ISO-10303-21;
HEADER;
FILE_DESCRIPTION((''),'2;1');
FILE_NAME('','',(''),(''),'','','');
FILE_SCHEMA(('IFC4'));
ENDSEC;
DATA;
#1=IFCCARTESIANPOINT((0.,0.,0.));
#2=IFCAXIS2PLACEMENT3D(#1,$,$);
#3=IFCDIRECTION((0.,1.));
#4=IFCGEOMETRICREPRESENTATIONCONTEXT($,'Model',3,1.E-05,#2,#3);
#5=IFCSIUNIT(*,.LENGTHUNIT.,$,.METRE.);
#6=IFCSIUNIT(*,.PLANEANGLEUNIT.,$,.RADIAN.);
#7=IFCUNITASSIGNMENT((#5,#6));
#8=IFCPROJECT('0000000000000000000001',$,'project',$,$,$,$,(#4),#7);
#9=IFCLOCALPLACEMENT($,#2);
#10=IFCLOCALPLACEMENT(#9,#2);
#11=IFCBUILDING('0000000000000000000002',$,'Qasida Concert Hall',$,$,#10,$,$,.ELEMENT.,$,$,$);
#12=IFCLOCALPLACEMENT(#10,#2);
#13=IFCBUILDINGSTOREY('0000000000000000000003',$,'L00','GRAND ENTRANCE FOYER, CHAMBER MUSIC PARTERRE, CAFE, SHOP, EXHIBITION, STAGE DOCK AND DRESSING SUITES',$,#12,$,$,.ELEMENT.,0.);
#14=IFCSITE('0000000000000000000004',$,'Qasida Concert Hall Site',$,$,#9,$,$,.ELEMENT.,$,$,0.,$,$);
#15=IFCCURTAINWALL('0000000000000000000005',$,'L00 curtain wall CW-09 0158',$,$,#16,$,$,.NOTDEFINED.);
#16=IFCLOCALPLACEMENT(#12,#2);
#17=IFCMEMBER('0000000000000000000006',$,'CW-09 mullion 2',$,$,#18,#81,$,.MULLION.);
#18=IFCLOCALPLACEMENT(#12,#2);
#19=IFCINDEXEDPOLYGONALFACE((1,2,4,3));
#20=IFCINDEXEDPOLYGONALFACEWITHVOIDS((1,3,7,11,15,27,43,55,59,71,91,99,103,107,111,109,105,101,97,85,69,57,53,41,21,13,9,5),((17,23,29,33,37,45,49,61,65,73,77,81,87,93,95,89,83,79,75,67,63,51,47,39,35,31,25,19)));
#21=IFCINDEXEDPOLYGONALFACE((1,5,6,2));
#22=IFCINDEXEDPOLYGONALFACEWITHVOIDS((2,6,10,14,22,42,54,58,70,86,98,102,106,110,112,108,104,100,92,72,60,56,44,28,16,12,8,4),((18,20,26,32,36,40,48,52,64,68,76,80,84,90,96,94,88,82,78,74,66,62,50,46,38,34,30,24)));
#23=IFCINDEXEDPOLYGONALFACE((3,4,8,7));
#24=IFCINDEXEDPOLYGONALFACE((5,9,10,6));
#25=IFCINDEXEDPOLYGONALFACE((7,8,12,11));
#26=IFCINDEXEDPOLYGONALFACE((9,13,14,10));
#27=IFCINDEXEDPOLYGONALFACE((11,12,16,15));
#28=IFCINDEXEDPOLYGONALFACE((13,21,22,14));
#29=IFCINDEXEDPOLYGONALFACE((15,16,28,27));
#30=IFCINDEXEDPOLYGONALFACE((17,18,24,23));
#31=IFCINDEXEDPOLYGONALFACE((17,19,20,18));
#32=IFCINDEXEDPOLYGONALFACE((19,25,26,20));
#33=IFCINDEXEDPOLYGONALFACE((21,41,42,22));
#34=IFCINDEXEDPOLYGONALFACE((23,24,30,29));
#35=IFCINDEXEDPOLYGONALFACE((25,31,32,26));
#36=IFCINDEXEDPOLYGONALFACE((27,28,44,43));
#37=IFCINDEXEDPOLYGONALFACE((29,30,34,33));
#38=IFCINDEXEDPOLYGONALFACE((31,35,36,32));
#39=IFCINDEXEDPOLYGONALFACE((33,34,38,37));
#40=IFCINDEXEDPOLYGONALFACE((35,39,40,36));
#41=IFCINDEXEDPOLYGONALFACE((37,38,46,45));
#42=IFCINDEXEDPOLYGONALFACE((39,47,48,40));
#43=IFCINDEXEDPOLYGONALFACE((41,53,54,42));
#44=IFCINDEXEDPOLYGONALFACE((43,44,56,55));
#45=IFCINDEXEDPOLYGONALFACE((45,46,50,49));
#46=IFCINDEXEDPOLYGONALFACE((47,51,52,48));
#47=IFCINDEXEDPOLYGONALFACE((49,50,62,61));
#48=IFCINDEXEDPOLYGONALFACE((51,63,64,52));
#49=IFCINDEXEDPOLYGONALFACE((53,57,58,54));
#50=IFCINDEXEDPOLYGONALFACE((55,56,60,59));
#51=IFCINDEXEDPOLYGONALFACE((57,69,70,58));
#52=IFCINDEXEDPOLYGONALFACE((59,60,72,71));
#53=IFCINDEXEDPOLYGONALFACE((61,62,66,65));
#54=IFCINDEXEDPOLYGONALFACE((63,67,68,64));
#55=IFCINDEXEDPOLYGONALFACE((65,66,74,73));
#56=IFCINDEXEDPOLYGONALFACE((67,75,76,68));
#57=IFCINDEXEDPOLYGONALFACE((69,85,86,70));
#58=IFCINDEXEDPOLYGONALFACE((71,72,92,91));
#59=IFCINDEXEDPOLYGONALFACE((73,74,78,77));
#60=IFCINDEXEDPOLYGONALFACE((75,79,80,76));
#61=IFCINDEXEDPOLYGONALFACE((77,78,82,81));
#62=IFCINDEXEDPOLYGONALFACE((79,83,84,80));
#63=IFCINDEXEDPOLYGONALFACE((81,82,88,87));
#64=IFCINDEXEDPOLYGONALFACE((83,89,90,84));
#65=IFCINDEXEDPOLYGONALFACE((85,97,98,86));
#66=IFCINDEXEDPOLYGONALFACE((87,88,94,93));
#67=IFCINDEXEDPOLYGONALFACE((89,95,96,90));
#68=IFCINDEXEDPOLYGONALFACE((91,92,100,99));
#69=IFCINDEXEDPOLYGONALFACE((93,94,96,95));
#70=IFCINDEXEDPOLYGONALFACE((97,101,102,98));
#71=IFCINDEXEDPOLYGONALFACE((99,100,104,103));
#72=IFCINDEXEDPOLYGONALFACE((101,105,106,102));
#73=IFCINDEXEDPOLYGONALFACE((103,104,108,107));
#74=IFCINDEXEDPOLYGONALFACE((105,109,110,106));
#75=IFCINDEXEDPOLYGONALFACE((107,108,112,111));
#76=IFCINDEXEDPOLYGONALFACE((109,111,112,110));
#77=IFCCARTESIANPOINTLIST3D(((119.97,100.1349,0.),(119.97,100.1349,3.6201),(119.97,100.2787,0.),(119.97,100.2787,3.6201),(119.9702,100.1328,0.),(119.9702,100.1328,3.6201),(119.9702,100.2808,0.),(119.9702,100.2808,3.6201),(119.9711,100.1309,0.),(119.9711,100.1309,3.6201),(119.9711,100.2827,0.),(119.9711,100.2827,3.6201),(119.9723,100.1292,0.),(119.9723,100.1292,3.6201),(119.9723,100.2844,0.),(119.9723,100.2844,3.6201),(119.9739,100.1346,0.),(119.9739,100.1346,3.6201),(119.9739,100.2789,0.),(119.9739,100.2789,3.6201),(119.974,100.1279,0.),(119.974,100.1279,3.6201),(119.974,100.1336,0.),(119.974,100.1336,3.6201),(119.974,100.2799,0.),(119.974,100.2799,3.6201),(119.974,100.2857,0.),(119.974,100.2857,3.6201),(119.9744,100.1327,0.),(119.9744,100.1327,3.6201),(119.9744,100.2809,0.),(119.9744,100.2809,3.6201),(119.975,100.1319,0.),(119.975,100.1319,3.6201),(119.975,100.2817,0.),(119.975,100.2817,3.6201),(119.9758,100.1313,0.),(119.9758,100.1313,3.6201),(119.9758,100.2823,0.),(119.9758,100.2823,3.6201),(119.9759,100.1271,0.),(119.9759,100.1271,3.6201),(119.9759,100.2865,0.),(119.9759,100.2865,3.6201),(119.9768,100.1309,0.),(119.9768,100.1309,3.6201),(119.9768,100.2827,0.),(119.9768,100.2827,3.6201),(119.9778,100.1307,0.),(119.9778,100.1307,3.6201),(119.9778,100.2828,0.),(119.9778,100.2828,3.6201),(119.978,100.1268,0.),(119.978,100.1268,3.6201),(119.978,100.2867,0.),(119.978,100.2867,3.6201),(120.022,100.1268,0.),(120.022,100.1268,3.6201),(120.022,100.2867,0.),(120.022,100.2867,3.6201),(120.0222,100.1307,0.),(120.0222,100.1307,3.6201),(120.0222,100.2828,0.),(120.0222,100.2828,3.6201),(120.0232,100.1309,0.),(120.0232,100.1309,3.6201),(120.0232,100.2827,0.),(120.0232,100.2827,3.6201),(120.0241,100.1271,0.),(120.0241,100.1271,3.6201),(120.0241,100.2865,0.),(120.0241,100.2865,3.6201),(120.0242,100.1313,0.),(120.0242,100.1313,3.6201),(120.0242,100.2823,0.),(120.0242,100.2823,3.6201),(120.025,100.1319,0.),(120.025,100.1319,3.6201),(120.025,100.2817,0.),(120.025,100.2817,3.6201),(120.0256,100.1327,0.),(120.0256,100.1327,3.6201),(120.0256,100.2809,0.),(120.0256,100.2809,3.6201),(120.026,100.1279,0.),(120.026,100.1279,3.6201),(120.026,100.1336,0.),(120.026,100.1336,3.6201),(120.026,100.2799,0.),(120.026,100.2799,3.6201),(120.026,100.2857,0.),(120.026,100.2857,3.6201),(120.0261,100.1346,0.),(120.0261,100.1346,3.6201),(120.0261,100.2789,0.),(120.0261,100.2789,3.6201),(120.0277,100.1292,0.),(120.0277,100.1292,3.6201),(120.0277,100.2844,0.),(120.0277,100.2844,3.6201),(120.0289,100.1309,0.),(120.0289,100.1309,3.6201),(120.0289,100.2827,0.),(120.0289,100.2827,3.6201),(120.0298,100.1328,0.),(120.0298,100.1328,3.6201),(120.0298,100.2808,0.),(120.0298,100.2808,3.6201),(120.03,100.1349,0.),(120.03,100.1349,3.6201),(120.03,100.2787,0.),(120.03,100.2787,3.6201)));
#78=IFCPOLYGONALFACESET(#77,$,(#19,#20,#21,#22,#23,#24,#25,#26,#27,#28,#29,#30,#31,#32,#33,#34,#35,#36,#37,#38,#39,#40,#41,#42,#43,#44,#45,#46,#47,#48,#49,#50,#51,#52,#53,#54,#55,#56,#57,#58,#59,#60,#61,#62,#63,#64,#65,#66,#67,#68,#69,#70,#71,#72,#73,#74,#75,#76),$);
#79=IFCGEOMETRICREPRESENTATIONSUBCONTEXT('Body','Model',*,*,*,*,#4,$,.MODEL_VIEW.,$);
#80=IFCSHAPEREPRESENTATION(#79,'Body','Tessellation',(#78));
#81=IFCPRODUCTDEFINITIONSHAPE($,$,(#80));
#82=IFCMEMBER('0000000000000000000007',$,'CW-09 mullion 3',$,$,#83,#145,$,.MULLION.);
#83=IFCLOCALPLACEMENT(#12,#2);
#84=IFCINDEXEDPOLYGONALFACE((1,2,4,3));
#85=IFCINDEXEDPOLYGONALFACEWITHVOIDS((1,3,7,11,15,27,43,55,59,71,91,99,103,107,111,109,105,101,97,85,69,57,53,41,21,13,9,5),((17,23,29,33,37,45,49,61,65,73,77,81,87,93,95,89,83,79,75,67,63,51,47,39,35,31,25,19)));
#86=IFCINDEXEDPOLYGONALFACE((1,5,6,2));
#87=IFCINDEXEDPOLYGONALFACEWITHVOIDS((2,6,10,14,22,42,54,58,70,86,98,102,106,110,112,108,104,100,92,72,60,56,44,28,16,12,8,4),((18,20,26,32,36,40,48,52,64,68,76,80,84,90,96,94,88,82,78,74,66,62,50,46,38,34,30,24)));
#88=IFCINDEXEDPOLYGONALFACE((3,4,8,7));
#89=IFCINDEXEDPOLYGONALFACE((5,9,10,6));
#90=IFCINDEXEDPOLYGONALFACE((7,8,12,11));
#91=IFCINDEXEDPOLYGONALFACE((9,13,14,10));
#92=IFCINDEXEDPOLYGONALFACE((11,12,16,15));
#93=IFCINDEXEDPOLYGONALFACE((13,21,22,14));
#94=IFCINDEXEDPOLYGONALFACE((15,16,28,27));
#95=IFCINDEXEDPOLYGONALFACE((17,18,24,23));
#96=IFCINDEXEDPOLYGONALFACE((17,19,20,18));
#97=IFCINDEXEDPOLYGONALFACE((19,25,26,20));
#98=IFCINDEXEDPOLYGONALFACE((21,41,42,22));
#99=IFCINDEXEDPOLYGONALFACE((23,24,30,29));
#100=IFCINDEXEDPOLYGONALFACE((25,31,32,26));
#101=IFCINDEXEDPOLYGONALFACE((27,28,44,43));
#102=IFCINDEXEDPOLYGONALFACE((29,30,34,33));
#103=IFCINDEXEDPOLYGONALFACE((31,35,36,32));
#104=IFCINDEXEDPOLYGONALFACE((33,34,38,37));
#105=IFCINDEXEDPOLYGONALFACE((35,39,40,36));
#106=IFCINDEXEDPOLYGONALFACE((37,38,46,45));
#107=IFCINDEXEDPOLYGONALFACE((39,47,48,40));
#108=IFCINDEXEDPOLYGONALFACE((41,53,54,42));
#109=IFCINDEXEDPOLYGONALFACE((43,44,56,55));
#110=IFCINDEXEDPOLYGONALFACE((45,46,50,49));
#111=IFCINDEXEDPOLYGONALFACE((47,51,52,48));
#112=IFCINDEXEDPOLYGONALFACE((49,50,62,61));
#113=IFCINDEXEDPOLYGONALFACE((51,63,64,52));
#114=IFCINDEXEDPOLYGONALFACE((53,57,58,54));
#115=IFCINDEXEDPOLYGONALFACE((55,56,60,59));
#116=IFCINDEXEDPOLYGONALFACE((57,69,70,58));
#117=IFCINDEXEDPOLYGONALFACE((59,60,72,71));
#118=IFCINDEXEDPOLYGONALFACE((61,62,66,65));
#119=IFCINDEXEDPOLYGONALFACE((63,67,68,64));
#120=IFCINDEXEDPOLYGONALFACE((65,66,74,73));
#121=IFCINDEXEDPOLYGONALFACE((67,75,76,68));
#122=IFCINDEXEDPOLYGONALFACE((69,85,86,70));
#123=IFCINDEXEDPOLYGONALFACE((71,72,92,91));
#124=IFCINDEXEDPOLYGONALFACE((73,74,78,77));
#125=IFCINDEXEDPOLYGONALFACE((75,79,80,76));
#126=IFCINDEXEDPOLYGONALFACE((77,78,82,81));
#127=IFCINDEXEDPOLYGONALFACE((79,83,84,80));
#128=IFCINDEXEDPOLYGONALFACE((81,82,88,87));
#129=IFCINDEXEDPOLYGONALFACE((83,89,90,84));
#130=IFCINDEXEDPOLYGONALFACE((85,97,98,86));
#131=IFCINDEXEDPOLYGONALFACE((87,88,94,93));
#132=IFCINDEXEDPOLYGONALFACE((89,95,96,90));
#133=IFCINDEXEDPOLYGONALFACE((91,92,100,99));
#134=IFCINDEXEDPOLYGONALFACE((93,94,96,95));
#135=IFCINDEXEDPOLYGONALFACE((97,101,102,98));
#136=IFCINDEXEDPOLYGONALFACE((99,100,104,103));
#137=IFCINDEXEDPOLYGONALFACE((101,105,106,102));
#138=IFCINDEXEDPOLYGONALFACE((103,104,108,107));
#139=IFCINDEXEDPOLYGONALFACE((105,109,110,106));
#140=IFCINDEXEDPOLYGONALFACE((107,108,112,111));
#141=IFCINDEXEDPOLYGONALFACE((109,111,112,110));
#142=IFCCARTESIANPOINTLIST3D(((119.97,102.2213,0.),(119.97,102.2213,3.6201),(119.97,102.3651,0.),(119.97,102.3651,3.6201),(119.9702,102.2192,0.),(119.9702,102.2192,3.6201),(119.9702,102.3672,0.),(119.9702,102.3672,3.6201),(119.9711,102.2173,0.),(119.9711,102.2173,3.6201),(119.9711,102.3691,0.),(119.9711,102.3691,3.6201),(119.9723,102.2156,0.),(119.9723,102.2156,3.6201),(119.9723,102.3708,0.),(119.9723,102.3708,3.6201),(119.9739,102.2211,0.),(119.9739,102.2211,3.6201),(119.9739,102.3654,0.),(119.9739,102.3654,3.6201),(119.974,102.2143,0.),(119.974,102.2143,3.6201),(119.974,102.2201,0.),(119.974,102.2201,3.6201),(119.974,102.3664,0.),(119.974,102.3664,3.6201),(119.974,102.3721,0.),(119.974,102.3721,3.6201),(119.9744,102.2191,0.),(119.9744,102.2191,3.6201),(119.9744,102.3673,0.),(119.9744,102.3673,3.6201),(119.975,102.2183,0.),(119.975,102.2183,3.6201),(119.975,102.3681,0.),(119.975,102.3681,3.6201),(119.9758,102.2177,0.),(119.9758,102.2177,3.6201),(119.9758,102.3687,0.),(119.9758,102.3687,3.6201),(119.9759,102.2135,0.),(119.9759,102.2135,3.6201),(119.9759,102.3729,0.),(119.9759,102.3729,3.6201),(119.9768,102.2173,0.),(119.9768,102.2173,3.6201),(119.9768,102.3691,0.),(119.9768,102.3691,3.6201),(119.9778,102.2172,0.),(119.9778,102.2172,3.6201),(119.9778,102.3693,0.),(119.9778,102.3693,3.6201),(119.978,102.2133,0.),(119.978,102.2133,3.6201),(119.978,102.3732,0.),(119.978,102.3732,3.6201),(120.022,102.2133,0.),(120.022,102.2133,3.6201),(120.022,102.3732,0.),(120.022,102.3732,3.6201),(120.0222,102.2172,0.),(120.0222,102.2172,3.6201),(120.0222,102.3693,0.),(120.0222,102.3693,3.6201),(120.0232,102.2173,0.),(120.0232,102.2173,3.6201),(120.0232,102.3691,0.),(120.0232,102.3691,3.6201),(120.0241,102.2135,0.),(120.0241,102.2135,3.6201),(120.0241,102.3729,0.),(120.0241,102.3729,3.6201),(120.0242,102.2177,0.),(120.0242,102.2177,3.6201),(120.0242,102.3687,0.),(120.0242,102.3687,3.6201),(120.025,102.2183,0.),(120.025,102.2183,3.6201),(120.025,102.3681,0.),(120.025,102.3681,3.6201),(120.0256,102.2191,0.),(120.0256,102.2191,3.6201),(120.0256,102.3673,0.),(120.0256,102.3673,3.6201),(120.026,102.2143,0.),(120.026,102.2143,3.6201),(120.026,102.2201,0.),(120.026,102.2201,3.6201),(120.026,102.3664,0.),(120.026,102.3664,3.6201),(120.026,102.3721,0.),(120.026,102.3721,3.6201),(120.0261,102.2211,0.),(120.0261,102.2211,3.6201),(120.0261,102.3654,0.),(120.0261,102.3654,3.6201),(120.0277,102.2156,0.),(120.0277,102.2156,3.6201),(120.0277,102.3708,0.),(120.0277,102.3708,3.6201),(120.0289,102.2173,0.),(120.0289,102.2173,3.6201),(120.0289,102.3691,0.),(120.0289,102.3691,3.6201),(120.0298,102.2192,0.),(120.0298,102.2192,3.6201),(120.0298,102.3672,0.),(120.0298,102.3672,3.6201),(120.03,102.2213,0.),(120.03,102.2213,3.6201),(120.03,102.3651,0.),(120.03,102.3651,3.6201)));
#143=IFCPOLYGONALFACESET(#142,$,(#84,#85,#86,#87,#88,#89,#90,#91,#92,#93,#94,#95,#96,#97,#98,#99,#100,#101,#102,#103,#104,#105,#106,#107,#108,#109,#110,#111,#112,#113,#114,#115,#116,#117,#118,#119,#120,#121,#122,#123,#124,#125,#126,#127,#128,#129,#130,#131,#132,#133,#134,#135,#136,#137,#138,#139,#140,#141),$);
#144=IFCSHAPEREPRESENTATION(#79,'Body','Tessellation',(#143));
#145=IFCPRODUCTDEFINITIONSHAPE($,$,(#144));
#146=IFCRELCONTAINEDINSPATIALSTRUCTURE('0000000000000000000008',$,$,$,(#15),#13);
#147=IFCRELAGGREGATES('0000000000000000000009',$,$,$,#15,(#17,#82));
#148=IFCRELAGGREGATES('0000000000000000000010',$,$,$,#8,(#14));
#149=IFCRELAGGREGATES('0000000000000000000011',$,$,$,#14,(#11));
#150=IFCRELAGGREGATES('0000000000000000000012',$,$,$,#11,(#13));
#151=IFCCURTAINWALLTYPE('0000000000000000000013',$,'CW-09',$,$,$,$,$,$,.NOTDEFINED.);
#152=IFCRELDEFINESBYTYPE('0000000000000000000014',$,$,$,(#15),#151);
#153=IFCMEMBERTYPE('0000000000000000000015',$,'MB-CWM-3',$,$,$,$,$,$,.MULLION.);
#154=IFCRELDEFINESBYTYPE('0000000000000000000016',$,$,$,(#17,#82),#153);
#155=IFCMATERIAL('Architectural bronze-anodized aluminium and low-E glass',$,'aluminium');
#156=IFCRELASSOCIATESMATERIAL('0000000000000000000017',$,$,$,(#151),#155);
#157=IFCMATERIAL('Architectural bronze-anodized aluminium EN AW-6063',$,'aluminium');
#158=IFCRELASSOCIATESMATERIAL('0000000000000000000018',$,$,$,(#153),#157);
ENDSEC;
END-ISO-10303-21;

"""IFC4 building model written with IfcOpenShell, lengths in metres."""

from ifc_helpers import new_model, si_unit, direction, frame, origin, origin_2d, place, context, subcontext, project, spatial, hollow_rectangle, extrude, material, material_profile, profile_set, type_object, element, aggregate, save


model = new_model("IFC4")

# Units and contexts
model_context = context("Model", 3, precision=1e-05, world=origin(), true_north=direction((0.0, 1.0)))
body_context = subcontext(model_context, "Body", "Model", "MODEL_VIEW")
ifc_project = project(units=[si_unit("LENGTHUNIT", "METRE"), si_unit("PLANEANGLEUNIT", "RADIAN")], contexts=[model_context])

# Site, building, storey
site_placement = place(None, origin())
site = spatial("IfcSite", under=ifc_project, at=site_placement, Name="Qasida Concert Hall Site", CompositionType="ELEMENT", RefElevation=0.0)
building_placement = place(site_placement, origin())
building = spatial("IfcBuilding", under=site, at=building_placement, Name="Qasida Concert Hall", CompositionType="ELEMENT")
storey_placement = place(building_placement, origin())
storey = spatial("IfcBuildingStorey", under=building, at=storey_placement, Name="L00", Description="GRAND ENTRANCE FOYER, CHAMBER MUSIC PARTERRE, CAFE, SHOP, EXHIBITION, STAGE DOCK AND DRESSING SUITES", CompositionType="ELEMENT", Elevation=0.0)

# Curtain wall, members
ifc_material_1 = material(Name="Architectural bronze-anodized aluminium and low-E glass", Category="aluminium")
curtain_wall_type = type_object("IfcCurtainWallType", Name="CW-09", PredefinedType="NOTDEFINED", material=ifc_material_1)
curtain_wall_placement = place(storey_placement, origin())
curtain_wall = element("IfcCurtainWall", 1, at=curtain_wall_placement, inside=storey, type_object=curtain_wall_type, Name="L00 curtain wall CW-09 0158", PredefinedType="NOTDEFINED")
ifc_material_2 = material(Name="Architectural bronze-anodized aluminium EN AW-6063", Category="aluminium")
ifc_material_profile_1 = material_profile(ifc_material_2, hollow_rectangle(XDim=0.0601, YDim=0.1599, WallThickness=0.0039, InnerFilletRadius=0.0039, OuterFilletRadius=0.0081, at=origin_2d()), Name="CWM 160x60x4")
ifc_profile_set_1 = profile_set([ifc_material_profile_1], Name="Architectural bronze-anodized aluminium EN AW-6063")
member_type_1 = type_object("IfcMemberType", Name="MB-CWM-3", PredefinedType="MULLION", material=ifc_profile_set_1)
member_1_placement = place(storey_placement, frame((120.0, 100.2068, 0.0), z_axis=(0.0, 0.0, 1.0), x_axis=(-1.0, 0.0, 0.0)))
member_1 = element("IfcMember", 2, at=member_1_placement, type_object=member_type_1, Name="CW-09 mullion 2", PredefinedType="MULLION", context=body_context, shape_type="SweptSolid", body=[
    extrude(hollow_rectangle(XDim=0.0601, YDim=0.1599, WallThickness=0.0039, InnerFilletRadius=0.0039, OuterFilletRadius=0.0081, at=origin_2d()), origin(), (0.0, 0.0, 1.0), 3.6201),
])
member_2_placement = place(storey_placement, frame((120.0, 102.2932, 0.0), z_axis=(0.0, 0.0, 1.0), x_axis=(-1.0, 0.0, 0.0)))
member_2 = element("IfcMember", 3, at=member_2_placement, type_object=member_type_1, Name="CW-09 mullion 3", PredefinedType="MULLION", context=body_context, shape_type="SweptSolid", body=[
    extrude(hollow_rectangle(XDim=0.0601, YDim=0.1599, WallThickness=0.0039, InnerFilletRadius=0.0039, OuterFilletRadius=0.0081, at=origin_2d()), origin(), (0.0, 0.0, 1.0), 3.6201),
])
aggregate(curtain_wall, [member_1, member_2])

save(model, "model.ifc")
